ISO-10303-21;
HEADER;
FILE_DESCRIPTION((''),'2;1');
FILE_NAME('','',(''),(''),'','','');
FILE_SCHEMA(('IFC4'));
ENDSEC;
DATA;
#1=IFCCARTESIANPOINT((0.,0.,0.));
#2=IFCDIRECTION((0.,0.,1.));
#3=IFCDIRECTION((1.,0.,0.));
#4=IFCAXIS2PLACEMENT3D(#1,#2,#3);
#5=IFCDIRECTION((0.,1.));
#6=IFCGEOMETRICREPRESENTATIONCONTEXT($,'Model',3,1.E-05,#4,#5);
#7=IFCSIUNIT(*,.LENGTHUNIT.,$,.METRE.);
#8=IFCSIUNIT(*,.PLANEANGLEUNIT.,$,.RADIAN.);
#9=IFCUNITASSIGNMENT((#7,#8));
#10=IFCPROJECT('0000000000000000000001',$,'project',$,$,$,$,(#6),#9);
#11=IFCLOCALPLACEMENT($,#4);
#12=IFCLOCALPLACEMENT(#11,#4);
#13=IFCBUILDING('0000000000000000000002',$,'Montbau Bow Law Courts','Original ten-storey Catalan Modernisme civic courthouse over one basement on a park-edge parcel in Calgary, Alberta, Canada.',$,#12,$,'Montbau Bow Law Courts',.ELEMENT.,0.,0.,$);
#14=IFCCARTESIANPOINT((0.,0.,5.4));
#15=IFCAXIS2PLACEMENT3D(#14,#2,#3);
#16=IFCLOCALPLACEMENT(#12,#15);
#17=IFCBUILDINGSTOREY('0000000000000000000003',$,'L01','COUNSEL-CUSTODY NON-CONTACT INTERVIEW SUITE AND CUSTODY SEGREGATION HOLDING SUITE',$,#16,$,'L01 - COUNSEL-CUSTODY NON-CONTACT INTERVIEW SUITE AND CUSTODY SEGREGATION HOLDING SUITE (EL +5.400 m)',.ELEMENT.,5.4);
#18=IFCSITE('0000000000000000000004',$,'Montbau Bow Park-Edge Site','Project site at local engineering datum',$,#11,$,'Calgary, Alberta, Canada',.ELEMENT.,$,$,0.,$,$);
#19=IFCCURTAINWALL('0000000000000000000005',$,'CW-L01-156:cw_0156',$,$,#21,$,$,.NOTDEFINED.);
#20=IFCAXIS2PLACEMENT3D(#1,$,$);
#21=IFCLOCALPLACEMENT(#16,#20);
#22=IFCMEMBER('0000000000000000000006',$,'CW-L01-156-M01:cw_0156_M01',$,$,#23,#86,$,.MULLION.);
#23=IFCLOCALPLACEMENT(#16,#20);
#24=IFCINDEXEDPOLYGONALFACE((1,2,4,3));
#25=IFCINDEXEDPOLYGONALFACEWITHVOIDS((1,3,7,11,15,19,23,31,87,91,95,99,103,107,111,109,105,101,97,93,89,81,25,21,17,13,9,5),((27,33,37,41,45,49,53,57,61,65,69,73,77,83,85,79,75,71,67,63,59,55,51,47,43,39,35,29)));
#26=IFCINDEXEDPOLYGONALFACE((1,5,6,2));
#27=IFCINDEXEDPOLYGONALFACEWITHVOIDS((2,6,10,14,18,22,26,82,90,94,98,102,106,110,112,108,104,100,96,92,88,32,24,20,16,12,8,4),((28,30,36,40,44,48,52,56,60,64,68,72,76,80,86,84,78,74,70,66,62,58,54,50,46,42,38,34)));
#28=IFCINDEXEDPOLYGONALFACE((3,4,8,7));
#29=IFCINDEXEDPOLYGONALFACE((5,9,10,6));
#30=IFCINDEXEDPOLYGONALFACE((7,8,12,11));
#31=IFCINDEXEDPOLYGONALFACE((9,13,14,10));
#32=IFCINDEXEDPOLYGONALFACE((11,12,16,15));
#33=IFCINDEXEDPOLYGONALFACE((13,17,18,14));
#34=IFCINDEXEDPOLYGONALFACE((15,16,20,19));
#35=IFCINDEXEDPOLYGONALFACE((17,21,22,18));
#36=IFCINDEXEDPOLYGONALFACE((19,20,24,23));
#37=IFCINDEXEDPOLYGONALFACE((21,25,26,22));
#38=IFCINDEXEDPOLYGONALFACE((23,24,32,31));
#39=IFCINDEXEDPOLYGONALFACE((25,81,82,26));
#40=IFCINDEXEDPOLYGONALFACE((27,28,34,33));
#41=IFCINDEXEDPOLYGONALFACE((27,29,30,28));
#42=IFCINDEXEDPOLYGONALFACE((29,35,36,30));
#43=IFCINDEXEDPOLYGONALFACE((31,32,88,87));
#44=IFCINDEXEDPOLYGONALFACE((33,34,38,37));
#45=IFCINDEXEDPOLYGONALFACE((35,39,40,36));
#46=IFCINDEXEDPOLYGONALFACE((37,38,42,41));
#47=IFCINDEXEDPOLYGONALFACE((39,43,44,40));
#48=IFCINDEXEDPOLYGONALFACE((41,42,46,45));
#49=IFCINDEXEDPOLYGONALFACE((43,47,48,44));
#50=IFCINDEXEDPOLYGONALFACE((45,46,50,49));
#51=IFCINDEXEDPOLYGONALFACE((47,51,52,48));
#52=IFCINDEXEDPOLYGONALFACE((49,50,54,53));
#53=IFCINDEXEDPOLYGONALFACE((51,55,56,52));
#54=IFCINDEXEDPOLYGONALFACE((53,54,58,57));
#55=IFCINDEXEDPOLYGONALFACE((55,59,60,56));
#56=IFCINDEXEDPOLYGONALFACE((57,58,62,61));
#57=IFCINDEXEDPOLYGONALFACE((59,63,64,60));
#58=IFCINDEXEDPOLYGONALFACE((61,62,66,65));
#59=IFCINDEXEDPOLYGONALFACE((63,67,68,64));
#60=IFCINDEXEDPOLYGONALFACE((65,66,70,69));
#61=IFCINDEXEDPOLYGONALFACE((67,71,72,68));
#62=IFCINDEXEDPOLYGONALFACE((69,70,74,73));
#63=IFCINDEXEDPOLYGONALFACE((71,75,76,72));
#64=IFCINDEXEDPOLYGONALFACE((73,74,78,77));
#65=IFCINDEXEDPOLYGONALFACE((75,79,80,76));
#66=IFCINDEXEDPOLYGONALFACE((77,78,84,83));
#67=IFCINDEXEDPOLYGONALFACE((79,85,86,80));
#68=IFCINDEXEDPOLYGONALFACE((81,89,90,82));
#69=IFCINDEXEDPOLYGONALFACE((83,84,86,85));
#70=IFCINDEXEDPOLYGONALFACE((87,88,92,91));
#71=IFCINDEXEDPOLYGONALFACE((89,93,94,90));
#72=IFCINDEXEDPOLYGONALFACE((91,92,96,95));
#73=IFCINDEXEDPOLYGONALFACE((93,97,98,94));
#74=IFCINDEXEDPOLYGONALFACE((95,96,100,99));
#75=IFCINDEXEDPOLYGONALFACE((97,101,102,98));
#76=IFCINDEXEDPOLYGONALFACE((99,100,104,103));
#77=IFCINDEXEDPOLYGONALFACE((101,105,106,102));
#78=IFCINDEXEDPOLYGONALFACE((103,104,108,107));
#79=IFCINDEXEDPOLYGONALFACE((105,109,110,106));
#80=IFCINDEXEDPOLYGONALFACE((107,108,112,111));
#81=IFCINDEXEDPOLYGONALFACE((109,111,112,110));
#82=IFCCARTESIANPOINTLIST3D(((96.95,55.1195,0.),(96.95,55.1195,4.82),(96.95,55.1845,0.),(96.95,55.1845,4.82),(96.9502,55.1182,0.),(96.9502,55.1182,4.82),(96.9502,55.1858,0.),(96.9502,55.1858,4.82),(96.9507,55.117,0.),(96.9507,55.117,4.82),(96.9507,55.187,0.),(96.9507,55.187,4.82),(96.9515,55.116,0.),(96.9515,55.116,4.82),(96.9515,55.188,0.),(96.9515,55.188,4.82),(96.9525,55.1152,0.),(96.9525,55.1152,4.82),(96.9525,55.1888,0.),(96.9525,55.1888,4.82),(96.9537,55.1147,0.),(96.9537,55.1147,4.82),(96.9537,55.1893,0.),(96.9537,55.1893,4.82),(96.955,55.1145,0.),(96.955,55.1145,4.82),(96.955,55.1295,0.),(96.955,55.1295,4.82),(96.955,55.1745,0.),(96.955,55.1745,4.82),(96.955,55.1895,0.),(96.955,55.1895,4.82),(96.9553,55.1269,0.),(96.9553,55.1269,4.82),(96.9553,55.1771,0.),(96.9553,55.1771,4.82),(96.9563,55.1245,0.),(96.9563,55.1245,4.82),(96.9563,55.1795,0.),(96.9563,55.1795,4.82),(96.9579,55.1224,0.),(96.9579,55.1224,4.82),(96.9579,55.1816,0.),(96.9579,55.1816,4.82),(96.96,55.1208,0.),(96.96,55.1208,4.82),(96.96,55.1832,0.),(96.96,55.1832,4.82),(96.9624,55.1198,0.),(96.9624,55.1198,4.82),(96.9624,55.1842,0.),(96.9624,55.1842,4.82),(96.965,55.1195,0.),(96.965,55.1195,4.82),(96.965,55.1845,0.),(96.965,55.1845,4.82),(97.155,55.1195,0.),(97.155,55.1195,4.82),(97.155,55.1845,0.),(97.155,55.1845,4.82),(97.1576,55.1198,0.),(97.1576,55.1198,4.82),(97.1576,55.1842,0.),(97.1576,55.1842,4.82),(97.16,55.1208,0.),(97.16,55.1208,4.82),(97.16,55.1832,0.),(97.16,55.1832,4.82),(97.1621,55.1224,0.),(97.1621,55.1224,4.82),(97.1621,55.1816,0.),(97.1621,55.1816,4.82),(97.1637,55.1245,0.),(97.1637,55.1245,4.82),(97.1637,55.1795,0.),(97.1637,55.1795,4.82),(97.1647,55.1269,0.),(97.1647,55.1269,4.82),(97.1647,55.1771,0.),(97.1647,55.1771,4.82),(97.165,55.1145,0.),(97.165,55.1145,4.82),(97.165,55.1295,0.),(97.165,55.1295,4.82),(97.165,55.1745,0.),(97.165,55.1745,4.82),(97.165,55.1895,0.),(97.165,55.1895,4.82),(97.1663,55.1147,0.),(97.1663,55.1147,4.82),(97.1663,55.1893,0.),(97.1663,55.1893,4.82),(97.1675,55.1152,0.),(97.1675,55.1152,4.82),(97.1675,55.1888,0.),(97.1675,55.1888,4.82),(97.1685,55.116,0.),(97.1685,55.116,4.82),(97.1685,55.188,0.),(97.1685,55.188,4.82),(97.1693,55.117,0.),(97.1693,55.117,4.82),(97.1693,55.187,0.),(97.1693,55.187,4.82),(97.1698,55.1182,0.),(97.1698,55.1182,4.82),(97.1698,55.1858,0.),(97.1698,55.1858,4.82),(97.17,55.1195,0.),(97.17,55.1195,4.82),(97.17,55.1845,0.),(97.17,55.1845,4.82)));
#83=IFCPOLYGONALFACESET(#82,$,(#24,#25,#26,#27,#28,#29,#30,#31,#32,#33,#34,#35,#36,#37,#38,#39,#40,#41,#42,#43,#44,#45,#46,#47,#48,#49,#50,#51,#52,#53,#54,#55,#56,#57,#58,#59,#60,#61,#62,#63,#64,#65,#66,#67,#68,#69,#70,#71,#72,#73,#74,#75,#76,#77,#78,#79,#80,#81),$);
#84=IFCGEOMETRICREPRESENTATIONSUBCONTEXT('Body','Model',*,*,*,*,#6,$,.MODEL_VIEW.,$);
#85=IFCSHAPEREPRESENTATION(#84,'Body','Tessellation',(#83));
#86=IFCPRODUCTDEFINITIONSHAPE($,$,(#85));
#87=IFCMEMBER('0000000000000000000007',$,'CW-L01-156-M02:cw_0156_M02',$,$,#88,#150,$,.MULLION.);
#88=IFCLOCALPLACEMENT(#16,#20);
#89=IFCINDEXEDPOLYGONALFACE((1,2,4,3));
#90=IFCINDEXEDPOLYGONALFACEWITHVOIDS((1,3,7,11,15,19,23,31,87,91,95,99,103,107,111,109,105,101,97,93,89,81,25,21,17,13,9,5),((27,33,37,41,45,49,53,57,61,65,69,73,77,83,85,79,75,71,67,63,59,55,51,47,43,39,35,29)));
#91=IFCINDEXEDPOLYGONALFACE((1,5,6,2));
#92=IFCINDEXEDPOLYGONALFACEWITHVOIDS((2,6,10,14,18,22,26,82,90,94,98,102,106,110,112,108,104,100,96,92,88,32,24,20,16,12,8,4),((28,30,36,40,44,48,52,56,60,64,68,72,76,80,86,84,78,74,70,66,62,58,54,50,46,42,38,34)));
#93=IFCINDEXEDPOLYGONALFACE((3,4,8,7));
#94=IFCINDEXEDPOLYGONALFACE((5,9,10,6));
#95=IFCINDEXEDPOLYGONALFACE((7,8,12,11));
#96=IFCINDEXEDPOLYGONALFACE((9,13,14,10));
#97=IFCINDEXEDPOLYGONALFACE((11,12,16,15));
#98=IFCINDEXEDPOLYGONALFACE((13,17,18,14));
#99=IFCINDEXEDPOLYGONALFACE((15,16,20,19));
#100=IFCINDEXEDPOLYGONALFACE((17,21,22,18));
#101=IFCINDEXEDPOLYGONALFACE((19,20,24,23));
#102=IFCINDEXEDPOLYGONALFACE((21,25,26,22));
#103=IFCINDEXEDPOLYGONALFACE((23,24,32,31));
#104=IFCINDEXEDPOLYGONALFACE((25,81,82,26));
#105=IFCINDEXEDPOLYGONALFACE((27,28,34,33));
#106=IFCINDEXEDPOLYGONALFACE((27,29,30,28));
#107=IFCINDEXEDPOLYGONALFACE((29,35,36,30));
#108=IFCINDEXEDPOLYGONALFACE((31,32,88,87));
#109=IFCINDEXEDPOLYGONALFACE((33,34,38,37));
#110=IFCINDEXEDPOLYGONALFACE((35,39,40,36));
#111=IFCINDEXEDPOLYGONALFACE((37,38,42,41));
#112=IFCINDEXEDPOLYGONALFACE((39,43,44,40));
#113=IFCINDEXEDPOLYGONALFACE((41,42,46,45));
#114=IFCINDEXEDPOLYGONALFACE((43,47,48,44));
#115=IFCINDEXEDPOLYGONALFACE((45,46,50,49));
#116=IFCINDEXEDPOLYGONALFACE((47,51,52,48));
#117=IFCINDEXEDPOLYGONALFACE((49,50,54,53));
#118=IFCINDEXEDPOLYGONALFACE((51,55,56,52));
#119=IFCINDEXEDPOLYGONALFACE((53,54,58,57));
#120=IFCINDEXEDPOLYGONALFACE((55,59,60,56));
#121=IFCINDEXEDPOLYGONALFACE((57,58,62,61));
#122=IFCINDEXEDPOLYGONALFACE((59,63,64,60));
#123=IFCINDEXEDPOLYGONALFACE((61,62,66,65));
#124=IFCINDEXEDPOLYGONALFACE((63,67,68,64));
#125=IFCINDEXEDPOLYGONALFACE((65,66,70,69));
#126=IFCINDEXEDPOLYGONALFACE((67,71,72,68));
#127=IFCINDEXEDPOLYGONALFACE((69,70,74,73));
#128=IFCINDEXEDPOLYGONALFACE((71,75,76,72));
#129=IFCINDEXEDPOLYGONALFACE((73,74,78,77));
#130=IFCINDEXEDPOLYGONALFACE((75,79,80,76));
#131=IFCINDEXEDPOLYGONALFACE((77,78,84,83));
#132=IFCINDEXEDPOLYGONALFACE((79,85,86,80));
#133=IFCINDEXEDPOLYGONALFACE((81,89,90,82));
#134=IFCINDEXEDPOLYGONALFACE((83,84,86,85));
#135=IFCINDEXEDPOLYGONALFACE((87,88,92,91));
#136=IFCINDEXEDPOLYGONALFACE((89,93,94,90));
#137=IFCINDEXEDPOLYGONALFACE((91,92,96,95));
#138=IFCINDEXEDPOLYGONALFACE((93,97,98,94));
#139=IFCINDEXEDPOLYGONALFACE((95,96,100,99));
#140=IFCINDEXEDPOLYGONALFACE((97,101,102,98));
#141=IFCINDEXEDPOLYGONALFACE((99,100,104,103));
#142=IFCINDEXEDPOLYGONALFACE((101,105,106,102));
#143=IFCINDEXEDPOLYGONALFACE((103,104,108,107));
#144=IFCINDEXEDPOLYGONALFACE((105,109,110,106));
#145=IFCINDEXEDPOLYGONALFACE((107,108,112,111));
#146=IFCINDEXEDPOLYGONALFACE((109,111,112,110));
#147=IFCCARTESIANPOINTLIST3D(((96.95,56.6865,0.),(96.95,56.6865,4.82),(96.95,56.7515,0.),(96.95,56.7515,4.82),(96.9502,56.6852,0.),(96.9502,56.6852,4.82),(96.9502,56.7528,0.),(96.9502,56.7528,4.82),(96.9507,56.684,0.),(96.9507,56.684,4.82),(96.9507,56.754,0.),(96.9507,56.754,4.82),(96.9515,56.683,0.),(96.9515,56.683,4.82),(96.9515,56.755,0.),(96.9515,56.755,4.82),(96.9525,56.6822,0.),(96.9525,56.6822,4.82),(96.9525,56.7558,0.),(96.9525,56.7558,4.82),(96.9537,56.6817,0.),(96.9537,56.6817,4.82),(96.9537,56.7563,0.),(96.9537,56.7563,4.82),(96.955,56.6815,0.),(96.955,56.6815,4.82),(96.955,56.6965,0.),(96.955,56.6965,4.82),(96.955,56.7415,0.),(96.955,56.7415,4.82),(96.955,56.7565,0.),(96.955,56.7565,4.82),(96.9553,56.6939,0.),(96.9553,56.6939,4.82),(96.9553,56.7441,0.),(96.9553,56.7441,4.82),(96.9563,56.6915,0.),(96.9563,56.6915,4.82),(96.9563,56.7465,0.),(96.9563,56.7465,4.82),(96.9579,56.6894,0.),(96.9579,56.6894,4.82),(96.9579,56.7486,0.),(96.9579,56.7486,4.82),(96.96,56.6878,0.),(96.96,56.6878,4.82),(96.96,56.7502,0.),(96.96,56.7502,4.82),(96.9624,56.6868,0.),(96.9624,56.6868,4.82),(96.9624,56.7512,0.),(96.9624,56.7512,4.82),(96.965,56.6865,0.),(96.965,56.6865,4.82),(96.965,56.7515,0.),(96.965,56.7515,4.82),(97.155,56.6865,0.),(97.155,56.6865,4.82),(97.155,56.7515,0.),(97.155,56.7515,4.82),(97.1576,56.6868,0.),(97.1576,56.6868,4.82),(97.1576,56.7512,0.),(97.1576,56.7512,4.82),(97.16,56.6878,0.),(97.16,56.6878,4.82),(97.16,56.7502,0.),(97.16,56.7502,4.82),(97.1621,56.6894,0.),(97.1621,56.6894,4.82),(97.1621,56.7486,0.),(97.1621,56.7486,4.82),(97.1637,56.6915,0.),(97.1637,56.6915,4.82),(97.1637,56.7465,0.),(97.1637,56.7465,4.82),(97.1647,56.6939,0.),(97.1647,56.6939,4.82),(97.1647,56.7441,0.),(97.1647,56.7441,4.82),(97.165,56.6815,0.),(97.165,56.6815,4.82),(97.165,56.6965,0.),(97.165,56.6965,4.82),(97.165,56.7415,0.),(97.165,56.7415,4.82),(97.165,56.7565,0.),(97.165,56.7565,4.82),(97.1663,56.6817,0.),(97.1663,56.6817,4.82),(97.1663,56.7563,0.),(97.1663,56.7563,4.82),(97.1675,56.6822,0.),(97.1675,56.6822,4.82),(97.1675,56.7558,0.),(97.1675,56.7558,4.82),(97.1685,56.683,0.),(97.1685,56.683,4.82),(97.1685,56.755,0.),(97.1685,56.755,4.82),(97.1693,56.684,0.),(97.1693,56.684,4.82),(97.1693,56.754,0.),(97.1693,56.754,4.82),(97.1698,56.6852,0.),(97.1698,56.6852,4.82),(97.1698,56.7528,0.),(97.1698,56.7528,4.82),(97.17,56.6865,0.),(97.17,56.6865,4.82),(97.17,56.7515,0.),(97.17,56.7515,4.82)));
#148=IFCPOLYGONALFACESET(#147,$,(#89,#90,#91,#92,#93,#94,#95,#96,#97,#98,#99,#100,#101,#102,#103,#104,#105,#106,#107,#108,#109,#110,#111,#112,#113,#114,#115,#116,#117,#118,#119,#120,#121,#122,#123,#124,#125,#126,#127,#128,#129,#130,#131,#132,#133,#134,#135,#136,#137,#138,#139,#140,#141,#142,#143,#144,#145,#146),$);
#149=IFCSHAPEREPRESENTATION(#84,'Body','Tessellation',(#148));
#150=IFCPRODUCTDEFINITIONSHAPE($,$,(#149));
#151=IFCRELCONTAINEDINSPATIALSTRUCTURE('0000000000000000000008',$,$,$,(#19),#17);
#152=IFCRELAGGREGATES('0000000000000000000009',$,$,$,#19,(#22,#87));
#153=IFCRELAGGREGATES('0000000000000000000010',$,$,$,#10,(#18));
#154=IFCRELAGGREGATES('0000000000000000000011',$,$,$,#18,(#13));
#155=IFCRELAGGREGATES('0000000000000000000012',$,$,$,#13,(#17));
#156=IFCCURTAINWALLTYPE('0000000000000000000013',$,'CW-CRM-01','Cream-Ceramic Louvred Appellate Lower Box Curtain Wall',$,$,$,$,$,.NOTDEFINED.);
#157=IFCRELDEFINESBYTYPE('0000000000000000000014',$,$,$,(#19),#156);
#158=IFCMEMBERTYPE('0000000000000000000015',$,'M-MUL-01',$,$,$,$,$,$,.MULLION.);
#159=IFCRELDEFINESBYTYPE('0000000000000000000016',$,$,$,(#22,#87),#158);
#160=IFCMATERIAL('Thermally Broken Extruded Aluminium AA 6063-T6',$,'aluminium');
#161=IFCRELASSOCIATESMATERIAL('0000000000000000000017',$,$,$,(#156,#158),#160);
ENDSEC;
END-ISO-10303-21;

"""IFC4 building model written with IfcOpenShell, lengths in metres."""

from ifc_helpers import new_model, si_unit, direction, frame, origin_with_axes, origin_2d_with_axis, place, context, subcontext, project, spatial, hollow_rectangle, extrude, material, material_profile, profile_set, type_object, element, aggregate, save


model = new_model("IFC4")

# Units and contexts
model_context = context("Model", 3, precision=1e-05, world=origin_with_axes(), true_north=direction((0.0, 1.0)))
body_context = subcontext(model_context, "Body", "Model", "MODEL_VIEW")
ifc_project = project(units=[si_unit("LENGTHUNIT", "METRE"), si_unit("PLANEANGLEUNIT", "RADIAN")], contexts=[model_context])

# Site, building, storey
site_placement = place(None, origin_with_axes())
site = spatial("IfcSite", under=ifc_project, at=site_placement, Name="Montbau Bow Park-Edge Site", Description="Project site at local engineering datum", LongName="Calgary, Alberta, Canada", CompositionType="ELEMENT", RefElevation=0.0)
building_placement = place(site_placement, origin_with_axes())
building = spatial("IfcBuilding", under=site, at=building_placement, Name="Montbau Bow Law Courts", Description="Original ten-storey Catalan Modernisme civic courthouse over one basement on a park-edge parcel in Calgary, Alberta, Canada.", LongName="Montbau Bow Law Courts", CompositionType="ELEMENT", ElevationOfRefHeight=0.0, ElevationOfTerrain=0.0)
storey_placement = place(building_placement, frame((0.0, 0.0, 5.4), z_axis=(0.0, 0.0, 1.0), x_axis=(1.0, 0.0, 0.0)))
storey = spatial("IfcBuildingStorey", under=building, at=storey_placement, Name="L01", Description="COUNSEL-CUSTODY NON-CONTACT INTERVIEW SUITE AND CUSTODY SEGREGATION HOLDING SUITE", LongName="L01 - COUNSEL-CUSTODY NON-CONTACT INTERVIEW SUITE AND CUSTODY SEGREGATION HOLDING SUITE (EL +5.400 m)", CompositionType="ELEMENT", Elevation=5.4)

# Curtain wall, members
ifc_material_1 = material(Name="Thermally Broken Extruded Aluminium AA 6063-T6", Category="aluminium")
curtain_wall_type = type_object("IfcCurtainWallType", Name="CW-CRM-01", Description="Cream-Ceramic Louvred Appellate Lower Box Curtain Wall", PredefinedType="NOTDEFINED", material=ifc_material_1)
curtain_wall_1_placement = place(None, frame((97.06, 55.115, 5.4), z_axis=(0.0, 0.0, 1.0), x_axis=(1.0, 0.0, 0.0)))
curtain_wall_1 = element("IfcCurtainWall", 1, at=curtain_wall_1_placement, inside=storey, type_object=curtain_wall_type, Name="CW-L01-156:cw_0156", PredefinedType="NOTDEFINED")
ifc_material_profile_1 = material_profile(ifc_material_1, hollow_rectangle(XDim=0.075, YDim=0.22, WallThickness=0.005, InnerFilletRadius=0.01, OuterFilletRadius=0.005, at=origin_2d_with_axis()), Name="CWM-220X75", Category="Main", Priority=0)
ifc_profile_set_1 = profile_set([ifc_material_profile_1], Name="Thermally Broken Extruded Aluminium AA 6063-T6")
member_type_1 = type_object("IfcMemberType", Name="M-MUL-01", PredefinedType="MULLION", material=ifc_profile_set_1)
member_1_placement = place(None, frame((97.06, 55.152, 5.4), z_axis=(0.0, 0.0, 1.0), x_axis=(0.0, 1.0, 0.0)))
member_1 = element("IfcMember", 2, at=member_1_placement, type_object=member_type_1, Name="CW-L01-156-M01:cw_0156_M01", PredefinedType="MULLION", context=body_context, shape_type="SweptSolid", body=[
    extrude(hollow_rectangle(XDim=0.075, YDim=0.22, WallThickness=0.005, InnerFilletRadius=0.01, OuterFilletRadius=0.005, at=origin_2d_with_axis()), origin_with_axes(), (0.0, 0.0, 1.0), 4.82),
])
member_2_placement = place(None, frame((97.06, 56.719, 5.4), z_axis=(0.0, 0.0, 1.0), x_axis=(0.0, 1.0, 0.0)))
member_2 = element("IfcMember", 3, at=member_2_placement, type_object=member_type_1, Name="CW-L01-156-M02:cw_0156_M02", PredefinedType="MULLION", context=body_context, shape_type="SweptSolid", body=[
    extrude(hollow_rectangle(XDim=0.075, YDim=0.22, WallThickness=0.005, InnerFilletRadius=0.01, OuterFilletRadius=0.005, at=origin_2d_with_axis()), origin_with_axes(), (0.0, 0.0, 1.0), 4.82),
])

aggregate(curtain_wall_1, [member_1, member_2])

save(model, "model.ifc")
